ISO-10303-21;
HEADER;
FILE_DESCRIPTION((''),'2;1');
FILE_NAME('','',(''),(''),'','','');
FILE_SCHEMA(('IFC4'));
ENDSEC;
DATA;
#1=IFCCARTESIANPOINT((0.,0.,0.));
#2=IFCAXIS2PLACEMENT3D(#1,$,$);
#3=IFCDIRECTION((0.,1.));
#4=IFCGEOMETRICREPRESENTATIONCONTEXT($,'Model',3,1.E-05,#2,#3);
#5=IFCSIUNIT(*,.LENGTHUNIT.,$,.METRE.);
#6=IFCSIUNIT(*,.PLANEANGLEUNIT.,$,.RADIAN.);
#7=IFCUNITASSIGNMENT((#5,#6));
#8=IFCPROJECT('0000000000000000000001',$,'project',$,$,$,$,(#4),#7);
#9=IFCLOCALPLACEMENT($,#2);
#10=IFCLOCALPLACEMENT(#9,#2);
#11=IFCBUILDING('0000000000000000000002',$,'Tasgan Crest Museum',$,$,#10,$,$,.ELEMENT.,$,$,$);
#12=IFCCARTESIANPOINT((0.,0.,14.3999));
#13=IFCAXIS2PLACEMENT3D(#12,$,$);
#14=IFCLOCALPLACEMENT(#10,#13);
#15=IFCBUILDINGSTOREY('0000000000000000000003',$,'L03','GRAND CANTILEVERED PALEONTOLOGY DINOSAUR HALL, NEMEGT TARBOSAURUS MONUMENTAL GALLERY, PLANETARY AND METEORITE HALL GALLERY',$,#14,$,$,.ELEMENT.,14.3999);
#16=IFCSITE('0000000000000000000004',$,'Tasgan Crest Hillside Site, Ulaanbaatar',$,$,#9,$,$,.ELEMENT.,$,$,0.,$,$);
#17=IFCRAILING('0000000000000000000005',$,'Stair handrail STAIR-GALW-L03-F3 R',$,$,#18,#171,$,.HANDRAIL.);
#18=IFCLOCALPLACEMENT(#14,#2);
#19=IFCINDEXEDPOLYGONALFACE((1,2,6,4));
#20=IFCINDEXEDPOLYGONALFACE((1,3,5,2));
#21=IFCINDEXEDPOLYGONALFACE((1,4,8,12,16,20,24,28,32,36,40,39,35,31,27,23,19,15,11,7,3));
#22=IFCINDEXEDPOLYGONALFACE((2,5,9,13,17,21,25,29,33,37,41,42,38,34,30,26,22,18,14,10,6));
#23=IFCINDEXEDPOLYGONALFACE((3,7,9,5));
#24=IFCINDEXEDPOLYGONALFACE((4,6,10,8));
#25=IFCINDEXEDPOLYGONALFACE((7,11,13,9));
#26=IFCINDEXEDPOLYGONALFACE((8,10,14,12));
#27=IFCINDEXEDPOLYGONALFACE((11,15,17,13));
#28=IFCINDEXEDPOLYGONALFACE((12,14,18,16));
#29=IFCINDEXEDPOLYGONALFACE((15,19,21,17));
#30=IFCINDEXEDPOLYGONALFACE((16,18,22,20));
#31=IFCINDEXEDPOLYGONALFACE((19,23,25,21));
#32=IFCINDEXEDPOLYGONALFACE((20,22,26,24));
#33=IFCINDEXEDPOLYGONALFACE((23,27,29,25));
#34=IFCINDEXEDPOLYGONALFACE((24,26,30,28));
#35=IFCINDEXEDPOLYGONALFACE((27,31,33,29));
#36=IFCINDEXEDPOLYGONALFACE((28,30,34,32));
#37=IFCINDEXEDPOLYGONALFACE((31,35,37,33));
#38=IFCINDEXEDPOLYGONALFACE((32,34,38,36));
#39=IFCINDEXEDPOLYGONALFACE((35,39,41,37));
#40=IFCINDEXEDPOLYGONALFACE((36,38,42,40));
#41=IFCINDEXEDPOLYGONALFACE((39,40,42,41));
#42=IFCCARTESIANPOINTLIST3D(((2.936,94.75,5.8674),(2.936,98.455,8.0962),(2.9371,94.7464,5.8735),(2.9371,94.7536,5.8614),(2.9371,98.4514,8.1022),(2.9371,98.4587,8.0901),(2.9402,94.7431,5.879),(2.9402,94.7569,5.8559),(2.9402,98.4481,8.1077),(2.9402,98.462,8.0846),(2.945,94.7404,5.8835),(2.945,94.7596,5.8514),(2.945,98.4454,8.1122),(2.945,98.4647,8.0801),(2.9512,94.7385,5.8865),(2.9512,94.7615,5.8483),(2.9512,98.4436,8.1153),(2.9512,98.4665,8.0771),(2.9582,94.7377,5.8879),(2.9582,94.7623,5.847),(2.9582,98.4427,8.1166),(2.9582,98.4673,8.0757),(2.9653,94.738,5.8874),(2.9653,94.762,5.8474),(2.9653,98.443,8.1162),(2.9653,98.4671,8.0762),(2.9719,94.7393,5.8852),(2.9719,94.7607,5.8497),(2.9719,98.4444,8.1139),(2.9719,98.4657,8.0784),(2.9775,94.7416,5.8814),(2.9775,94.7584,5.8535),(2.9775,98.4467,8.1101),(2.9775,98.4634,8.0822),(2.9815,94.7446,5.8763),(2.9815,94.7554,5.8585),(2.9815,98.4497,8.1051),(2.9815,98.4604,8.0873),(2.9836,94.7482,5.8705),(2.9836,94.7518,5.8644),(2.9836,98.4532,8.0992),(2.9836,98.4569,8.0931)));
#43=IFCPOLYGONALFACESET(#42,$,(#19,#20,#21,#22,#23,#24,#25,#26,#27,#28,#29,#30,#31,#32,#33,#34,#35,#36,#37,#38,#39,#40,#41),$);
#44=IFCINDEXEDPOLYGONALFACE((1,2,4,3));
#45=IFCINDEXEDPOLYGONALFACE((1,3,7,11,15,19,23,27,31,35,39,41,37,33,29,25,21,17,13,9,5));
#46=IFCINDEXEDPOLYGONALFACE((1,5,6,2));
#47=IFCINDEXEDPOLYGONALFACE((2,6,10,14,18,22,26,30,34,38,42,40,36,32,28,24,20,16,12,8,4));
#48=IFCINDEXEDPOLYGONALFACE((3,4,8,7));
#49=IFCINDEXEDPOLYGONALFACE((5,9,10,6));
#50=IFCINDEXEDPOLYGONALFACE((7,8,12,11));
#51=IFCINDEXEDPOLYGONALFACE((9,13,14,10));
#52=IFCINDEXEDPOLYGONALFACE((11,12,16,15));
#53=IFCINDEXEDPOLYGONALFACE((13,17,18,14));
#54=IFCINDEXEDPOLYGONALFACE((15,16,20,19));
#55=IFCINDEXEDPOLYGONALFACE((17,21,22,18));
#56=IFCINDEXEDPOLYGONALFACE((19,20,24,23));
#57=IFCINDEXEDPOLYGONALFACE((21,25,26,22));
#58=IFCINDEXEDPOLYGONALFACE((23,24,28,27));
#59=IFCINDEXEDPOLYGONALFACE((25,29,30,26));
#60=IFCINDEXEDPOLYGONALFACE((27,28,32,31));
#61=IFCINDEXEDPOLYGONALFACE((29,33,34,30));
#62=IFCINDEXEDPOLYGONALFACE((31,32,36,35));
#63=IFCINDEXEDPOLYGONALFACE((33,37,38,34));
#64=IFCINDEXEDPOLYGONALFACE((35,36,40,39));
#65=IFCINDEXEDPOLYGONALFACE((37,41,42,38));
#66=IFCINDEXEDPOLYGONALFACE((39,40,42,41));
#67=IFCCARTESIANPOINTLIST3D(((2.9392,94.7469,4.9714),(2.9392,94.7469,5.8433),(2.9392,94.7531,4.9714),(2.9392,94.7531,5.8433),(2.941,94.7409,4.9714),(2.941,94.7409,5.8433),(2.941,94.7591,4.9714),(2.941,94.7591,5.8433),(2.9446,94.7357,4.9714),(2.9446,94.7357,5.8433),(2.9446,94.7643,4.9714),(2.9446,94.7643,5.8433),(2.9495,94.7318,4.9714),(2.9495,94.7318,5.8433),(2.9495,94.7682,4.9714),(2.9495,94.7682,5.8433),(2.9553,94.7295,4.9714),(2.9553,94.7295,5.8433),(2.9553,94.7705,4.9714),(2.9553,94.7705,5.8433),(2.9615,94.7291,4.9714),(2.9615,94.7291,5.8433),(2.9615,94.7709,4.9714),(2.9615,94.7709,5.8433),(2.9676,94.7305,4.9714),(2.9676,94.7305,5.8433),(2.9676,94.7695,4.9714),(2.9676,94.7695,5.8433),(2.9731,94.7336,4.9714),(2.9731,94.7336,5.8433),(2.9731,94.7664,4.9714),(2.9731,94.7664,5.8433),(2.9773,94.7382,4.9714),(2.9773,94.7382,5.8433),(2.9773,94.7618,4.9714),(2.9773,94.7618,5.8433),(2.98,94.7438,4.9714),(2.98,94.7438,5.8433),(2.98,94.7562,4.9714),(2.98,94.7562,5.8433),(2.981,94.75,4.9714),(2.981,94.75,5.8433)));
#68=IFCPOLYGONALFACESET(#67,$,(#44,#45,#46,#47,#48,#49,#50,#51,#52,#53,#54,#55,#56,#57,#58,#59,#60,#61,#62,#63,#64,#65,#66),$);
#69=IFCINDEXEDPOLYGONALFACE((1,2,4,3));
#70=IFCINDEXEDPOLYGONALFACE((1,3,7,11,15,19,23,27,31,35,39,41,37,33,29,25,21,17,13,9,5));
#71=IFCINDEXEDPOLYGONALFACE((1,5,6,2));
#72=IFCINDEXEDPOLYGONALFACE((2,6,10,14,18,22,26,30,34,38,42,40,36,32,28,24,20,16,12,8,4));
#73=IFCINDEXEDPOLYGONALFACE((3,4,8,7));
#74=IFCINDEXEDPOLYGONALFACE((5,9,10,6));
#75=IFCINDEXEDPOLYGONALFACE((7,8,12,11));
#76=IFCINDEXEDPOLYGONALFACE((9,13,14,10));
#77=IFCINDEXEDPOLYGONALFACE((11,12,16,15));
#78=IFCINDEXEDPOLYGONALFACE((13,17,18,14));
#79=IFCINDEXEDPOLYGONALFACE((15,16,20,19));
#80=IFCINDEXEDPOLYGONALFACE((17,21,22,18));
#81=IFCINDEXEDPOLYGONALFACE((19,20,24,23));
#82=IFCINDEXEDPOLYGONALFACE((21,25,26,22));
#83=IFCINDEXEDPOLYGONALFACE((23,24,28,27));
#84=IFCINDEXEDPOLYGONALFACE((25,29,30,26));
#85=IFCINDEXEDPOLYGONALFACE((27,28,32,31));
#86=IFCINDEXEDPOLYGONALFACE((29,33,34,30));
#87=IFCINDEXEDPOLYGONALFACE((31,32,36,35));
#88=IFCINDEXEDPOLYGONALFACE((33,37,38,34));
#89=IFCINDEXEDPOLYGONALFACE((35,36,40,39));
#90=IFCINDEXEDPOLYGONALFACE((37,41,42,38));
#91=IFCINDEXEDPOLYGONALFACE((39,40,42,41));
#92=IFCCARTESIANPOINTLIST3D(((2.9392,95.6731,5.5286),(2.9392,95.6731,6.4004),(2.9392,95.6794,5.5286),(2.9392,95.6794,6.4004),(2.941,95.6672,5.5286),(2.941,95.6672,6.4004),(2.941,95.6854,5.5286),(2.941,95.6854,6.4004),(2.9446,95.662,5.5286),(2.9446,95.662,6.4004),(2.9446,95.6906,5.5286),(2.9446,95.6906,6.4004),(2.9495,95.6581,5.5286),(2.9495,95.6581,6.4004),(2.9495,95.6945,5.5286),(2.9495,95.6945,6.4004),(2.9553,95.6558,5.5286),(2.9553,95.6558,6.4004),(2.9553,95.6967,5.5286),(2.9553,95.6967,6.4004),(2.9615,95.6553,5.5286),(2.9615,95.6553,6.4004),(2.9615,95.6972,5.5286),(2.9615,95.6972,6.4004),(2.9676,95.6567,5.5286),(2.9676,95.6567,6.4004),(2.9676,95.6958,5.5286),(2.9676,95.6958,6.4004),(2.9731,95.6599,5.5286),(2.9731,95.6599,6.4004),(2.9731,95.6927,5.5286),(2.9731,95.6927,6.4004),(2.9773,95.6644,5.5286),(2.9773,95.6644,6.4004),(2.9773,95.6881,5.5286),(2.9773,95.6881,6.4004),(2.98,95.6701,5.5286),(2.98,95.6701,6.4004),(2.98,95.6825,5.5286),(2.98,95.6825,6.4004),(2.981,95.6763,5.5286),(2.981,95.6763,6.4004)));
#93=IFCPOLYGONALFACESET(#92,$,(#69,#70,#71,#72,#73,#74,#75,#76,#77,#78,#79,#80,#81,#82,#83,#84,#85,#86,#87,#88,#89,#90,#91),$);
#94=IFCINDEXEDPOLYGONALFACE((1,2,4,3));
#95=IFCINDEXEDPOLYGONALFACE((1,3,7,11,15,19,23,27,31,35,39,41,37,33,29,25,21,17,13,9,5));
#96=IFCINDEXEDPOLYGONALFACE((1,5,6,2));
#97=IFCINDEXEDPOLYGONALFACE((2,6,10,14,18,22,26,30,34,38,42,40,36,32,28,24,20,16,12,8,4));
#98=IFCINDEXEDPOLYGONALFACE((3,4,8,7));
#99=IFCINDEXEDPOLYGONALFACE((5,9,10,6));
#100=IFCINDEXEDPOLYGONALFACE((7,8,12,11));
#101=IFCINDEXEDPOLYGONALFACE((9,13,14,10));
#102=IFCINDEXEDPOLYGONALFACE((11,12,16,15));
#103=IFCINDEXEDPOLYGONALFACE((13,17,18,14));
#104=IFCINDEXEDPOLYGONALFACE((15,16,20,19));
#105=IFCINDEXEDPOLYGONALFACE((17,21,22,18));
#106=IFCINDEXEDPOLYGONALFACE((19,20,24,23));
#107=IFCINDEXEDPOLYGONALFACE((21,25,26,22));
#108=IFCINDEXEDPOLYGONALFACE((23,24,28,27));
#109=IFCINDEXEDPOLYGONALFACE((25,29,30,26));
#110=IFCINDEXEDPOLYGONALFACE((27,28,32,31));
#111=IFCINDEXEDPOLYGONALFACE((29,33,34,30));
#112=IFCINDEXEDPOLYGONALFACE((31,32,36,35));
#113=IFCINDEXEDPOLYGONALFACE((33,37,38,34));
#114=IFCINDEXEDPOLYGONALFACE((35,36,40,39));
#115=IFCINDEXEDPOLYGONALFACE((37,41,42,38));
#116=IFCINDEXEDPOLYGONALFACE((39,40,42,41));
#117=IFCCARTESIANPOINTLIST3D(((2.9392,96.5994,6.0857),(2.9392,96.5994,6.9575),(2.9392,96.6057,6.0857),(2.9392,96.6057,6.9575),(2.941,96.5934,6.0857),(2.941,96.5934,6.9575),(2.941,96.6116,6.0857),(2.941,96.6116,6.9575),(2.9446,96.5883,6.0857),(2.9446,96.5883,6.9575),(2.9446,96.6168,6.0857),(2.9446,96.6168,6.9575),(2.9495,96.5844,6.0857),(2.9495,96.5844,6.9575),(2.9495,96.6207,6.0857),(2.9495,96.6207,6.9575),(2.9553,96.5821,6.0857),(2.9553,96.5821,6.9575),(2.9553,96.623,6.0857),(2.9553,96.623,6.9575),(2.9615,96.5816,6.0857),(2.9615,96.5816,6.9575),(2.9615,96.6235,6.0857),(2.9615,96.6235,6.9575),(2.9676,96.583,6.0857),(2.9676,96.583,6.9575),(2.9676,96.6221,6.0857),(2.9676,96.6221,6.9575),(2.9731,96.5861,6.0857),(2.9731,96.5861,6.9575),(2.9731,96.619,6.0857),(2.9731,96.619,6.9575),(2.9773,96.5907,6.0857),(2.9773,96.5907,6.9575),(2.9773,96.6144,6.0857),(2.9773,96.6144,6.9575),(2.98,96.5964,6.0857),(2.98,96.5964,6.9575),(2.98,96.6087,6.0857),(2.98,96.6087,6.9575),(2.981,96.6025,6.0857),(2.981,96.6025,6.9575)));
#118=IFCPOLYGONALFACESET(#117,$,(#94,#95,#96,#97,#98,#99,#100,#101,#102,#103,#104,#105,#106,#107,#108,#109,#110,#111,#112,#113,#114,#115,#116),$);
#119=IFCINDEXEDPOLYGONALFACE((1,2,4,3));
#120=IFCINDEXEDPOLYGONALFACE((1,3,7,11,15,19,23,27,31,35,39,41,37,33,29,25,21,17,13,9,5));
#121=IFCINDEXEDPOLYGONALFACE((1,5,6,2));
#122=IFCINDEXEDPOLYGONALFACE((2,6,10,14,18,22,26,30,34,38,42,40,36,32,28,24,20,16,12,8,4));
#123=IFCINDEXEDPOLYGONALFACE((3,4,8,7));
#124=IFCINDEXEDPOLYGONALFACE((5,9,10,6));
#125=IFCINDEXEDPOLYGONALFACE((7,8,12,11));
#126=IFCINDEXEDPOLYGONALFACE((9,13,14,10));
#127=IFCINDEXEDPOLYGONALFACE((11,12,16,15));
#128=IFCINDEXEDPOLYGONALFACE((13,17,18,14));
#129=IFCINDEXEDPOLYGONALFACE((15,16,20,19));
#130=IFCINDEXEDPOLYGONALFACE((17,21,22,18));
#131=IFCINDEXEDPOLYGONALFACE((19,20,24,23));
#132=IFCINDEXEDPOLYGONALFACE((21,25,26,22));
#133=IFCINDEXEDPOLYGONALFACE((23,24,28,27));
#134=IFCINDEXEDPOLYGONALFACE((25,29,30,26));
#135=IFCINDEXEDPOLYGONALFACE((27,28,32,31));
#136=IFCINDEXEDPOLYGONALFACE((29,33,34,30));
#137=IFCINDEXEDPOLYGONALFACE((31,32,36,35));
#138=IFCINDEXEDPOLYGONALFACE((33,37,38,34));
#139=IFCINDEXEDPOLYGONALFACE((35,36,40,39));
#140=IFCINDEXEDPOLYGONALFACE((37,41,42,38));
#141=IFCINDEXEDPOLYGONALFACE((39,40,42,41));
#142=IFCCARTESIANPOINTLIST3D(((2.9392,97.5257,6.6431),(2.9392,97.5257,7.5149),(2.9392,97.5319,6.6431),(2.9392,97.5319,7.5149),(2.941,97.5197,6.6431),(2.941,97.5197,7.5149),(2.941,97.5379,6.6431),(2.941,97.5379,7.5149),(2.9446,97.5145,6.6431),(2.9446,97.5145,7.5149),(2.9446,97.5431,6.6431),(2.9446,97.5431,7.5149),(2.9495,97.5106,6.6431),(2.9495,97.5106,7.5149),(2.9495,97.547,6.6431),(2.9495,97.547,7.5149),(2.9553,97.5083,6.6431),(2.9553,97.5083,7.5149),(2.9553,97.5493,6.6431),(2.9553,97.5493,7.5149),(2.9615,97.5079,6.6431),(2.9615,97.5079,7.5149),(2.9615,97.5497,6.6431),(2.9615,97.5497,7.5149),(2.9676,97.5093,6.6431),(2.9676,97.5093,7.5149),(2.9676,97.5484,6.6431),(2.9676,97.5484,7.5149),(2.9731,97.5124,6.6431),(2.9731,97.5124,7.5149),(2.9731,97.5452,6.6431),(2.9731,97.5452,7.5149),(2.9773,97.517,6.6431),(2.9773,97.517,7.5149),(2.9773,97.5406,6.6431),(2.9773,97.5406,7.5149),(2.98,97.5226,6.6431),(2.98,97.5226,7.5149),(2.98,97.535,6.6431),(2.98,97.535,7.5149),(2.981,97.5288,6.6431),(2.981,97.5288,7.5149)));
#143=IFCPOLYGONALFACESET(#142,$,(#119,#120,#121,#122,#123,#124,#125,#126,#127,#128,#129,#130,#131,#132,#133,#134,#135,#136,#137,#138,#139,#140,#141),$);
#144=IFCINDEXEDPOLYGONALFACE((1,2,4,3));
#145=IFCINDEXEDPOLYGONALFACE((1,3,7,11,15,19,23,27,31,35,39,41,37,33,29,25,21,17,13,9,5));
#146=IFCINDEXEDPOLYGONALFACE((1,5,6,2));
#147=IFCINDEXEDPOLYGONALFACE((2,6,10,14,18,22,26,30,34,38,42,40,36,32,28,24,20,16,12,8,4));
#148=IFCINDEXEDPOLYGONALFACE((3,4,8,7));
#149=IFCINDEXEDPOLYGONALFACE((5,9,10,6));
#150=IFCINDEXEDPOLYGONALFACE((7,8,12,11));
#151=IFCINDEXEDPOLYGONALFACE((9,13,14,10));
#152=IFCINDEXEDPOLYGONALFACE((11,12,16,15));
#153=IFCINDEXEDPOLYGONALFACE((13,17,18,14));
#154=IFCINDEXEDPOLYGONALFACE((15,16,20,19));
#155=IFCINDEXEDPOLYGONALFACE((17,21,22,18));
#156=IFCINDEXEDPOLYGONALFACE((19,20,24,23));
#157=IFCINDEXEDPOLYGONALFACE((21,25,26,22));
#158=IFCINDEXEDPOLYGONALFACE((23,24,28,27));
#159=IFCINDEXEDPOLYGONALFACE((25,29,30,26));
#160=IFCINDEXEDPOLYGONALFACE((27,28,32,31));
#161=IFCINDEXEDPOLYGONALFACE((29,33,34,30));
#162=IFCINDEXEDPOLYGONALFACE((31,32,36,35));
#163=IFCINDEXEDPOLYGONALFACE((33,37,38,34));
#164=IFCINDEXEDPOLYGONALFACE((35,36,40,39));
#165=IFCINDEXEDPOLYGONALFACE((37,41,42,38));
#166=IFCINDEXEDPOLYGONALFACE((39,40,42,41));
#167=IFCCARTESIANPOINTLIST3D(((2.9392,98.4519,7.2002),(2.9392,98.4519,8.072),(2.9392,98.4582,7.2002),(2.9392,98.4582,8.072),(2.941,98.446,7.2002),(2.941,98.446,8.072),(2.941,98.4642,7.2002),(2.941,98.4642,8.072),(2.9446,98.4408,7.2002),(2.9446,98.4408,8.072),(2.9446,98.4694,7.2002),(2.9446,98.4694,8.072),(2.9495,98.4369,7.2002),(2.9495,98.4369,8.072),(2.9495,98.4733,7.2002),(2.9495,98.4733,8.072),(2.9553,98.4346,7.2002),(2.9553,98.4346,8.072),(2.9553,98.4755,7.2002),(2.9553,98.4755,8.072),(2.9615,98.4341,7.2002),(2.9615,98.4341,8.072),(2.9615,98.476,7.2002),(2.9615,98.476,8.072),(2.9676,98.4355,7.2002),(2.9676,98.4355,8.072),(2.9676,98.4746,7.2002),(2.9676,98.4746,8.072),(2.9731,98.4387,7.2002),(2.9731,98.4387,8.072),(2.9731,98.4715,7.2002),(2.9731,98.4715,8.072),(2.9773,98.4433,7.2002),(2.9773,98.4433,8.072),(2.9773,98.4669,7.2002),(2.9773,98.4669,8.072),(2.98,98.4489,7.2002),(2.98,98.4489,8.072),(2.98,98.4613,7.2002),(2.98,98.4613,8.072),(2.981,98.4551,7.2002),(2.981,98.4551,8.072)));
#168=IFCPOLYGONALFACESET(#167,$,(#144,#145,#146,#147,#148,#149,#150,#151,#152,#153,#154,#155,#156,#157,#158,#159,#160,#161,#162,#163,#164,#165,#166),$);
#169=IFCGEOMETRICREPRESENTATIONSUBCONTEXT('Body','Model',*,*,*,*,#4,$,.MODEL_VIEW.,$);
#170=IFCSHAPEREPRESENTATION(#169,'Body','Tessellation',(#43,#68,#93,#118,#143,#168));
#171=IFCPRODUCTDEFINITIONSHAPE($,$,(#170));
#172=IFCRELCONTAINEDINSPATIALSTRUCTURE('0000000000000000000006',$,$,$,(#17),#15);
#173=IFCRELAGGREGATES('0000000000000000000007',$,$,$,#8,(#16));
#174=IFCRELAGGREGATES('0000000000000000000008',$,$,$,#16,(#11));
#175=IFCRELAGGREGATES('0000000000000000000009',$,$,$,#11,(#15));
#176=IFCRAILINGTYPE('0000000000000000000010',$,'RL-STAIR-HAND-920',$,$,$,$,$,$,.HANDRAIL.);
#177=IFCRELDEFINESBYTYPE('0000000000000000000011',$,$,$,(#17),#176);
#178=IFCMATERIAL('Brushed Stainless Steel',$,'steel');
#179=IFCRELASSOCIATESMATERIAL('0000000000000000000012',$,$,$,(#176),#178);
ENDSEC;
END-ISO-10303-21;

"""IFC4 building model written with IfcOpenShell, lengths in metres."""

from ifc_helpers import new_model, si_unit, direction, frame, origin, origin_2d, place, context, subcontext, project, spatial, circle, extrude, material, type_object, element, save


model = new_model("IFC4")

# Units and contexts
model_context = context("Model", 3, precision=1e-05, world=origin(), true_north=direction((0.0, 1.0)))
body_context = subcontext(model_context, "Body", "Model", "MODEL_VIEW")
ifc_project = project(units=[si_unit("LENGTHUNIT", "METRE"), si_unit("PLANEANGLEUNIT", "RADIAN")], contexts=[model_context])

# Site, building, storey
site_placement = place(None, origin())
site = spatial("IfcSite", under=ifc_project, at=site_placement, Name="Tasgan Crest Hillside Site, Ulaanbaatar", CompositionType="ELEMENT", RefElevation=0.0)
building_placement = place(site_placement, origin())
building = spatial("IfcBuilding", under=site, at=building_placement, Name="Tasgan Crest Museum", CompositionType="ELEMENT")
storey_placement = place(building_placement, frame((0.0, 0.0, 14.3999)))
storey = spatial("IfcBuildingStorey", under=building, at=storey_placement, Name="L03", Description="GRAND CANTILEVERED PALEONTOLOGY DINOSAUR HALL, NEMEGT TARBOSAURUS MONUMENTAL GALLERY, PLANETARY AND METEORITE HALL GALLERY", CompositionType="ELEMENT", Elevation=14.3999)

# Railing
ifc_material_1 = material(Name="Brushed Stainless Steel", Category="steel")
railing_type_1 = type_object("IfcRailingType", Name="RL-STAIR-HAND-920", PredefinedType="HANDRAIL", material=ifc_material_1)
for number, where, name in (
    (1, (2.96, 94.75, 4.9714), "Stair handrail STAIR-GALW-L03-F3 R"),
):
    element("IfcRailing", number, at=place(storey_placement, frame(where)), inside=storey, type_object=railing_type_1, Name=name, PredefinedType="HANDRAIL", context=body_context, shape_type="SweptSolid", body=[
        extrude(circle(Radius=0.0239, at=origin_2d()), frame((0.0, 0.0, 0.896), z_axis=(0.0, 0.856909, 0.515467), x_axis=(-1.0, 0.0, 0.0)), (0.0, 0.0, 1.0), 4.3237),
        extrude(circle(Radius=0.021, at=origin_2d()), origin(), (0.0, 0.0, 1.0), 0.8718),
        extrude(circle(Radius=0.021, at=origin_2d()), frame((0.0, 0.9263, 0.5571)), (0.0, 0.0, 1.0), 0.8718),
        extrude(circle(Radius=0.021, at=origin_2d()), frame((0.0, 1.8525, 1.1143)), (0.0, 0.0, 1.0), 0.8718),
        extrude(circle(Radius=0.021, at=origin_2d()), frame((0.0, 2.7788, 1.6716)), (0.0, 0.0, 1.0), 0.8718),
        extrude(circle(Radius=0.021, at=origin_2d()), frame((0.0, 3.7051, 2.2288)), (0.0, 0.0, 1.0), 0.8718),
    ])

save(model, "model.ifc")
